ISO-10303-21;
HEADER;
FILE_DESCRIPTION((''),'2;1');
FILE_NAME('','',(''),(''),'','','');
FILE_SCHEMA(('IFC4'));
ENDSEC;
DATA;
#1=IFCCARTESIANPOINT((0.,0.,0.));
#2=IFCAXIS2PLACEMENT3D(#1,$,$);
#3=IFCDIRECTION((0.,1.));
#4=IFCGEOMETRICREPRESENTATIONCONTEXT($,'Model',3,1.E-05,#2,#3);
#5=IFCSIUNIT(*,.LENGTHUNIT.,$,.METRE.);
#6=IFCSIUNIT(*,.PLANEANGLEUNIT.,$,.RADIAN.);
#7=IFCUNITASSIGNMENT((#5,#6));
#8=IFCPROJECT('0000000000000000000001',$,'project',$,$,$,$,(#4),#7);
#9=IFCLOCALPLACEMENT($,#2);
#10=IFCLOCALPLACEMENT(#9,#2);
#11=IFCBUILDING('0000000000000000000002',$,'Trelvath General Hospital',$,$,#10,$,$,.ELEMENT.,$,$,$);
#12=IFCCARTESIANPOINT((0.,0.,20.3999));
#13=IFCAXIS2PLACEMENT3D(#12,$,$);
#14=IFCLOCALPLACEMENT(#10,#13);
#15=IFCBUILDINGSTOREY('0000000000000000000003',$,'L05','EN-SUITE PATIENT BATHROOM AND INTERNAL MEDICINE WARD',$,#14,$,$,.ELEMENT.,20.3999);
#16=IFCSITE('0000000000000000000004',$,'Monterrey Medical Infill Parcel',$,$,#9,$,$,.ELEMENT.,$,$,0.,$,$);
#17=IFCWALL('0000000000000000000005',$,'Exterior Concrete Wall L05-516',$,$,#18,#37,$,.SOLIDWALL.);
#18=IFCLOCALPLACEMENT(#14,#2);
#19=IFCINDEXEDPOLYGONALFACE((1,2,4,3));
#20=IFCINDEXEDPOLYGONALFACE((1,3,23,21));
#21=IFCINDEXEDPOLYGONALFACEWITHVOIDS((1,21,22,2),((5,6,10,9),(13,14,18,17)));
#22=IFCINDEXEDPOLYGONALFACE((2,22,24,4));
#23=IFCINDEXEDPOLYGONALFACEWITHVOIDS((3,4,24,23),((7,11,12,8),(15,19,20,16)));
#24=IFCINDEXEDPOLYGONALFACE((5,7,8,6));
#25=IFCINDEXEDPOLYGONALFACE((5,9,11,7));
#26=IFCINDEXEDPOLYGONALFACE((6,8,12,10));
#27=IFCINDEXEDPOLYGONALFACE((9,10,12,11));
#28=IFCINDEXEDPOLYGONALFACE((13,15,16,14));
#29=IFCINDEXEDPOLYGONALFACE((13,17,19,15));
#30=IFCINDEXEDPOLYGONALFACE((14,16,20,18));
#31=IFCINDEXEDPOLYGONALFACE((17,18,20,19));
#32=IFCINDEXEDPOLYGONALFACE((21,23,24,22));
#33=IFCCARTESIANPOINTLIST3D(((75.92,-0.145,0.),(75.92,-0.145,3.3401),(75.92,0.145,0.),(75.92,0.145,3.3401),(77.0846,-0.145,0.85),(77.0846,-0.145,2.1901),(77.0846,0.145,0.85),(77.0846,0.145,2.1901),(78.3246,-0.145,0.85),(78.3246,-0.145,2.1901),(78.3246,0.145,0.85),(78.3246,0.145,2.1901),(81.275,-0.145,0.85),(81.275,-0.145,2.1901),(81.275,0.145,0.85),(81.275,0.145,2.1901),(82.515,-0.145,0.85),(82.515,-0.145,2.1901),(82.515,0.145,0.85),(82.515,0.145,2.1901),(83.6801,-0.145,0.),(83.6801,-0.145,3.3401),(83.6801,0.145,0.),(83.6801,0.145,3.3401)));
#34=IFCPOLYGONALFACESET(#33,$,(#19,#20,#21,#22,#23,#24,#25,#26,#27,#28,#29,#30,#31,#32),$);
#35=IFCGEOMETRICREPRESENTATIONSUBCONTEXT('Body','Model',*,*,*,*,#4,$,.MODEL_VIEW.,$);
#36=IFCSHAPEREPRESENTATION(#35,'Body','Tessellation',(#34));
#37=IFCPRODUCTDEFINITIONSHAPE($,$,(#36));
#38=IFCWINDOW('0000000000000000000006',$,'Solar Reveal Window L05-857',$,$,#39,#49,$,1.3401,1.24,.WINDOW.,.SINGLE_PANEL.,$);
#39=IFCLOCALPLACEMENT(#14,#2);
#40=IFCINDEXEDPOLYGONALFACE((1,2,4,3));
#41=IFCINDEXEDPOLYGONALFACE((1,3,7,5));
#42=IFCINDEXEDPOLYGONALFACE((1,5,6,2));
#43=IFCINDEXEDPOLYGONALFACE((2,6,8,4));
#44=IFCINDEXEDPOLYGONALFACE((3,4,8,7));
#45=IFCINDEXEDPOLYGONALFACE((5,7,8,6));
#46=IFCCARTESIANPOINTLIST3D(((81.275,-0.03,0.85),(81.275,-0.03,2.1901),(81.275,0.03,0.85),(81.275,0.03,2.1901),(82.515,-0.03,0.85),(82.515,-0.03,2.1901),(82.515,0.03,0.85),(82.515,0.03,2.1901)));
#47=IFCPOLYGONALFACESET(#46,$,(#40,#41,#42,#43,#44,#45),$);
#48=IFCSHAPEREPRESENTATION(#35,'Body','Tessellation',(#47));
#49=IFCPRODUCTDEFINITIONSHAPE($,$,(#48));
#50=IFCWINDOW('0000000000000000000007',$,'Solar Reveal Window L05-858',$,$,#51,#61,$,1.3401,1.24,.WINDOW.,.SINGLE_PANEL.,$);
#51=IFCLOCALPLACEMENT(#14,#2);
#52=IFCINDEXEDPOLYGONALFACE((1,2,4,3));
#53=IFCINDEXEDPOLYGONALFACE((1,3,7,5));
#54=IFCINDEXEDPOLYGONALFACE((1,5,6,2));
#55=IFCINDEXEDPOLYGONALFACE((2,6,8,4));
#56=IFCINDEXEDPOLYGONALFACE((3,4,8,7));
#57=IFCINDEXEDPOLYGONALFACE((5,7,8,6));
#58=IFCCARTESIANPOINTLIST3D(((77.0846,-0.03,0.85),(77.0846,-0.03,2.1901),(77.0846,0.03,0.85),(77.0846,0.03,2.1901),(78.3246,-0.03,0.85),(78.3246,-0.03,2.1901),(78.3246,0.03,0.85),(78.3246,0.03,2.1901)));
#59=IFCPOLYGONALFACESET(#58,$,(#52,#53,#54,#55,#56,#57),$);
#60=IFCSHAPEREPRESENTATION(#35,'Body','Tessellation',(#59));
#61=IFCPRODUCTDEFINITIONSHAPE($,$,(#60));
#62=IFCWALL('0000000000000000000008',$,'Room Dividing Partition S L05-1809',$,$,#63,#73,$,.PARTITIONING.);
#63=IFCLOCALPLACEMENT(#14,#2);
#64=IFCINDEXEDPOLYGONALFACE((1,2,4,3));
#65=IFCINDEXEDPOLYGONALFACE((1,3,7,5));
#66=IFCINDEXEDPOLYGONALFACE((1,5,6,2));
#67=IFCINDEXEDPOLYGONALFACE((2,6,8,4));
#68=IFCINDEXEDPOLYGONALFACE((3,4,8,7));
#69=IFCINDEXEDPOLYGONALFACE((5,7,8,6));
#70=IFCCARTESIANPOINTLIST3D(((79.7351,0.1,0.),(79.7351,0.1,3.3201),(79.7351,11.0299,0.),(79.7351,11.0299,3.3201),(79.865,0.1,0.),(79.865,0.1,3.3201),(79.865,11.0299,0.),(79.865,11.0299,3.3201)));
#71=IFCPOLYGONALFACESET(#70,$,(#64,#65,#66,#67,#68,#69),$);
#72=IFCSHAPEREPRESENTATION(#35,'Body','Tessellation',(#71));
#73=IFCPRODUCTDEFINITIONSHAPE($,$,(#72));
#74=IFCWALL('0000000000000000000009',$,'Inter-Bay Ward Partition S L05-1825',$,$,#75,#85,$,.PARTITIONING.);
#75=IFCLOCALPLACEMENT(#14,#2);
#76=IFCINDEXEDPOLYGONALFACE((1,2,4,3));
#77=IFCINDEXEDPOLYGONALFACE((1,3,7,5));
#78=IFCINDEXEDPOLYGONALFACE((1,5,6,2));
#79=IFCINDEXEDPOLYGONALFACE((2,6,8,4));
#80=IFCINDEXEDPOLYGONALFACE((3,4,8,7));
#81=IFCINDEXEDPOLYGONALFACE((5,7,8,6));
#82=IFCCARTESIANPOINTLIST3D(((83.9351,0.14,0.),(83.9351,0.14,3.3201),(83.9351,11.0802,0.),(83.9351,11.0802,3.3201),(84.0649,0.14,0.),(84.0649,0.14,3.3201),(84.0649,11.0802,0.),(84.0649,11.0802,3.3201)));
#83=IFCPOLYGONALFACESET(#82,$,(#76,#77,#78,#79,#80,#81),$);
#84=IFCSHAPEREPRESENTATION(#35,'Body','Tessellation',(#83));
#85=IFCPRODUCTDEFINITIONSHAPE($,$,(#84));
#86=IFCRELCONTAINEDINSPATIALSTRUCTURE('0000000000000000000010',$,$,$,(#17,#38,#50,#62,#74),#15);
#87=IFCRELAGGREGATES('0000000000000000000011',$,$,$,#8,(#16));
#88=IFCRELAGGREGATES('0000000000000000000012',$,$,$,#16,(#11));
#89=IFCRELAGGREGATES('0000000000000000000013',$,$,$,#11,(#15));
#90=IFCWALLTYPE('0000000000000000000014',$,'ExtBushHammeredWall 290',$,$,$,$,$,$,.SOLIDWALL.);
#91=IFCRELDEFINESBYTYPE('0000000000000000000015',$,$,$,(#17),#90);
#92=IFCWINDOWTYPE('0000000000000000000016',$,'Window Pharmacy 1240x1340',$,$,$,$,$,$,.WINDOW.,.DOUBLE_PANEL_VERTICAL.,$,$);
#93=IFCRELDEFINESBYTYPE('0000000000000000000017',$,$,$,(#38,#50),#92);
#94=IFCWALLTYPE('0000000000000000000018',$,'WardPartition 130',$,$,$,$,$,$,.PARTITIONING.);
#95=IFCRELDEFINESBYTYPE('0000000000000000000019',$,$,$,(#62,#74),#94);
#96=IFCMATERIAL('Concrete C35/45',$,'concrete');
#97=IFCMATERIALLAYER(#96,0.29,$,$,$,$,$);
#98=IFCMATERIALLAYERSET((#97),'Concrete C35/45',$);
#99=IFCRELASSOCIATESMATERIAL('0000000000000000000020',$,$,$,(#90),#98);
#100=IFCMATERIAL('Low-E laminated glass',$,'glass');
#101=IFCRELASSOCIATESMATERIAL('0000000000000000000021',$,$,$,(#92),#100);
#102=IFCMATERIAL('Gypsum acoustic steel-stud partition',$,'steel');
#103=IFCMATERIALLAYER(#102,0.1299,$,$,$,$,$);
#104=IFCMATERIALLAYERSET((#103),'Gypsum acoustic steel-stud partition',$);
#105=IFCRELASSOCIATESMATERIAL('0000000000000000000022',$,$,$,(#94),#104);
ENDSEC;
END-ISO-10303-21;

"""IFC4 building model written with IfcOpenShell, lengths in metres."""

from ifc_helpers import new_model, si_unit, direction, frame, frame_2d, origin, place, context, subcontext, project, spatial, rectangle, extrude, material, layer, layer_set, type_object, element, fill, save


model = new_model("IFC4")

# Units and contexts
model_context = context("Model", 3, precision=1e-05, world=origin(), true_north=direction((0.0, 1.0)))
body_context = subcontext(model_context, "Body", "Model", "MODEL_VIEW")
ifc_project = project(units=[si_unit("LENGTHUNIT", "METRE"), si_unit("PLANEANGLEUNIT", "RADIAN")], contexts=[model_context])

# Site, building, storey
site_placement = place(None, origin())
site = spatial("IfcSite", under=ifc_project, at=site_placement, Name="Monterrey Medical Infill Parcel", CompositionType="ELEMENT", RefElevation=0.0)
building_placement = place(site_placement, origin())
building = spatial("IfcBuilding", under=site, at=building_placement, Name="Trelvath General Hospital", CompositionType="ELEMENT")
storey_placement = place(building_placement, frame((0.0, 0.0, 20.3999)))
storey = spatial("IfcBuildingStorey", under=building, at=storey_placement, Name="L05", Description="EN-SUITE PATIENT BATHROOM AND INTERNAL MEDICINE WARD", CompositionType="ELEMENT", Elevation=20.3999)

# Wall, openings, windows
ifc_material_1 = material(Name="Concrete C35/45", Category="concrete")
ifc_layer_1 = layer(ifc_material_1, 0.29)
ifc_layer_set_1 = layer_set([ifc_layer_1], Name="Concrete C35/45")
wall_type_1 = type_object("IfcWallType", Name="ExtBushHammeredWall 290", PredefinedType="SOLIDWALL", material=ifc_layer_set_1)
wall_1_placement = place(storey_placement, frame((83.6799, 0.0, 0.0), z_axis=(0.0, 0.0, 1.0), x_axis=(-1.0, 0.0, 0.0)))
wall_1 = element("IfcWall", 1, at=wall_1_placement, inside=storey, type_object=wall_type_1, Name="Exterior Concrete Wall L05-516", PredefinedType="SOLIDWALL", context=body_context, shape_type="SweptSolid", body=[
    extrude(rectangle(XDim=7.76, YDim=0.29, at=frame_2d((3.8799, 0.0))), origin(), (0.0, 0.0, 1.0), 3.3401),
])
opening_1_placement = place(wall_1_placement, frame((1.1648, 0.0, 0.8501)))
opening_1 = element("IfcOpeningElement", 2, at=opening_1_placement, cuts=wall_1, PredefinedType="OPENING", context=body_context, shape_type="SweptSolid", body=[
    extrude(rectangle(XDim=1.24, YDim=1.3401, at=frame_2d((0.6201, 0.6699))), frame((0.0, 0.155, 0.0), z_axis=(0.0, -1.0, 0.0), x_axis=(1.0, 0.0, 0.0)), (0.0, 0.0, 1.0), 0.3101),
])
opening_2_placement = place(wall_1_placement, frame((5.3552, 0.0, 0.8501)))
opening_2 = element("IfcOpeningElement", 3, at=opening_2_placement, cuts=wall_1, PredefinedType="OPENING", context=body_context, shape_type="SweptSolid", body=[
    extrude(rectangle(XDim=1.24, YDim=1.3401, at=frame_2d((0.6201, 0.6699))), frame((0.0, 0.155, 0.0), z_axis=(0.0, -1.0, 0.0), x_axis=(1.0, 0.0, 0.0)), (0.0, 0.0, 1.0), 0.3101),
])
ifc_material_2 = material(Name="Low-E laminated glass", Category="glass")
window_type = type_object("IfcWindowType", Name="Window Pharmacy 1240x1340", PartitioningType="DOUBLE_PANEL_VERTICAL", PredefinedType="WINDOW", material=ifc_material_2)
window_1_placement = place(opening_1_placement, origin())
window_1 = element("IfcWindow", 4, at=window_1_placement, inside=storey, type_object=window_type, Name="Solar Reveal Window L05-857", OverallHeight=1.3401, OverallWidth=1.24, PartitioningType="SINGLE_PANEL", PredefinedType="WINDOW", context=body_context, shape_type="SweptSolid", body=[
    extrude(rectangle(XDim=1.24, YDim=1.3401, at=frame_2d((0.6201, 0.6699))), frame((0.0, 0.03, 0.0), z_axis=(0.0, -1.0, 0.0), x_axis=(1.0, 0.0, 0.0)), (0.0, 0.0, 1.0), 0.0601),
])
fill(opening_1, window_1)
window_2_placement = place(opening_2_placement, origin())
window_2 = element("IfcWindow", 5, at=window_2_placement, inside=storey, type_object=window_type, Name="Solar Reveal Window L05-858", OverallHeight=1.3401, OverallWidth=1.24, PartitioningType="SINGLE_PANEL", PredefinedType="WINDOW", context=body_context, shape_type="SweptSolid", body=[
    extrude(rectangle(XDim=1.24, YDim=1.3401, at=frame_2d((0.6201, 0.6699))), frame((0.0, 0.03, 0.0), z_axis=(0.0, -1.0, 0.0), x_axis=(1.0, 0.0, 0.0)), (0.0, 0.0, 1.0), 0.0601),
])
fill(opening_2, window_2)

# Walls
ifc_material_3 = material(Name="Gypsum acoustic steel-stud partition", Category="steel")
ifc_layer_2 = layer(ifc_material_3, 0.1299)
ifc_layer_set_2 = layer_set([ifc_layer_2], Name="Gypsum acoustic steel-stud partition")
wall_type_2 = type_object("IfcWallType", Name="WardPartition 130", PredefinedType="PARTITIONING", material=ifc_layer_set_2)
wall_2_placement = place(storey_placement, frame((79.8, 0.1001, 0.0), z_axis=(0.0, 0.0, 1.0), x_axis=(0.0, 1.0, 0.0)))
element("IfcWall", 6, at=wall_2_placement, inside=storey, type_object=wall_type_2, Name="Room Dividing Partition S L05-1809", PredefinedType="PARTITIONING", context=body_context, shape_type="SweptSolid", body=[
    extrude(rectangle(XDim=10.9299, YDim=0.1299, at=frame_2d((5.4648, 0.0))), origin(), (0.0, 0.0, 1.0), 3.3201),
])
wall_3_placement = place(storey_placement, frame((84.0, 0.1399, 0.0), z_axis=(0.0, 0.0, 1.0), x_axis=(0.0, 1.0, 0.0)))
element("IfcWall", 7, at=wall_3_placement, inside=storey, type_object=wall_type_2, Name="Inter-Bay Ward Partition S L05-1825", PredefinedType="PARTITIONING", context=body_context, shape_type="SweptSolid", body=[
    extrude(rectangle(XDim=10.9402, YDim=0.1299, at=frame_2d((5.4702, 0.0))), origin(), (0.0, 0.0, 1.0), 3.3201),
])

save(model, "model.ifc")
